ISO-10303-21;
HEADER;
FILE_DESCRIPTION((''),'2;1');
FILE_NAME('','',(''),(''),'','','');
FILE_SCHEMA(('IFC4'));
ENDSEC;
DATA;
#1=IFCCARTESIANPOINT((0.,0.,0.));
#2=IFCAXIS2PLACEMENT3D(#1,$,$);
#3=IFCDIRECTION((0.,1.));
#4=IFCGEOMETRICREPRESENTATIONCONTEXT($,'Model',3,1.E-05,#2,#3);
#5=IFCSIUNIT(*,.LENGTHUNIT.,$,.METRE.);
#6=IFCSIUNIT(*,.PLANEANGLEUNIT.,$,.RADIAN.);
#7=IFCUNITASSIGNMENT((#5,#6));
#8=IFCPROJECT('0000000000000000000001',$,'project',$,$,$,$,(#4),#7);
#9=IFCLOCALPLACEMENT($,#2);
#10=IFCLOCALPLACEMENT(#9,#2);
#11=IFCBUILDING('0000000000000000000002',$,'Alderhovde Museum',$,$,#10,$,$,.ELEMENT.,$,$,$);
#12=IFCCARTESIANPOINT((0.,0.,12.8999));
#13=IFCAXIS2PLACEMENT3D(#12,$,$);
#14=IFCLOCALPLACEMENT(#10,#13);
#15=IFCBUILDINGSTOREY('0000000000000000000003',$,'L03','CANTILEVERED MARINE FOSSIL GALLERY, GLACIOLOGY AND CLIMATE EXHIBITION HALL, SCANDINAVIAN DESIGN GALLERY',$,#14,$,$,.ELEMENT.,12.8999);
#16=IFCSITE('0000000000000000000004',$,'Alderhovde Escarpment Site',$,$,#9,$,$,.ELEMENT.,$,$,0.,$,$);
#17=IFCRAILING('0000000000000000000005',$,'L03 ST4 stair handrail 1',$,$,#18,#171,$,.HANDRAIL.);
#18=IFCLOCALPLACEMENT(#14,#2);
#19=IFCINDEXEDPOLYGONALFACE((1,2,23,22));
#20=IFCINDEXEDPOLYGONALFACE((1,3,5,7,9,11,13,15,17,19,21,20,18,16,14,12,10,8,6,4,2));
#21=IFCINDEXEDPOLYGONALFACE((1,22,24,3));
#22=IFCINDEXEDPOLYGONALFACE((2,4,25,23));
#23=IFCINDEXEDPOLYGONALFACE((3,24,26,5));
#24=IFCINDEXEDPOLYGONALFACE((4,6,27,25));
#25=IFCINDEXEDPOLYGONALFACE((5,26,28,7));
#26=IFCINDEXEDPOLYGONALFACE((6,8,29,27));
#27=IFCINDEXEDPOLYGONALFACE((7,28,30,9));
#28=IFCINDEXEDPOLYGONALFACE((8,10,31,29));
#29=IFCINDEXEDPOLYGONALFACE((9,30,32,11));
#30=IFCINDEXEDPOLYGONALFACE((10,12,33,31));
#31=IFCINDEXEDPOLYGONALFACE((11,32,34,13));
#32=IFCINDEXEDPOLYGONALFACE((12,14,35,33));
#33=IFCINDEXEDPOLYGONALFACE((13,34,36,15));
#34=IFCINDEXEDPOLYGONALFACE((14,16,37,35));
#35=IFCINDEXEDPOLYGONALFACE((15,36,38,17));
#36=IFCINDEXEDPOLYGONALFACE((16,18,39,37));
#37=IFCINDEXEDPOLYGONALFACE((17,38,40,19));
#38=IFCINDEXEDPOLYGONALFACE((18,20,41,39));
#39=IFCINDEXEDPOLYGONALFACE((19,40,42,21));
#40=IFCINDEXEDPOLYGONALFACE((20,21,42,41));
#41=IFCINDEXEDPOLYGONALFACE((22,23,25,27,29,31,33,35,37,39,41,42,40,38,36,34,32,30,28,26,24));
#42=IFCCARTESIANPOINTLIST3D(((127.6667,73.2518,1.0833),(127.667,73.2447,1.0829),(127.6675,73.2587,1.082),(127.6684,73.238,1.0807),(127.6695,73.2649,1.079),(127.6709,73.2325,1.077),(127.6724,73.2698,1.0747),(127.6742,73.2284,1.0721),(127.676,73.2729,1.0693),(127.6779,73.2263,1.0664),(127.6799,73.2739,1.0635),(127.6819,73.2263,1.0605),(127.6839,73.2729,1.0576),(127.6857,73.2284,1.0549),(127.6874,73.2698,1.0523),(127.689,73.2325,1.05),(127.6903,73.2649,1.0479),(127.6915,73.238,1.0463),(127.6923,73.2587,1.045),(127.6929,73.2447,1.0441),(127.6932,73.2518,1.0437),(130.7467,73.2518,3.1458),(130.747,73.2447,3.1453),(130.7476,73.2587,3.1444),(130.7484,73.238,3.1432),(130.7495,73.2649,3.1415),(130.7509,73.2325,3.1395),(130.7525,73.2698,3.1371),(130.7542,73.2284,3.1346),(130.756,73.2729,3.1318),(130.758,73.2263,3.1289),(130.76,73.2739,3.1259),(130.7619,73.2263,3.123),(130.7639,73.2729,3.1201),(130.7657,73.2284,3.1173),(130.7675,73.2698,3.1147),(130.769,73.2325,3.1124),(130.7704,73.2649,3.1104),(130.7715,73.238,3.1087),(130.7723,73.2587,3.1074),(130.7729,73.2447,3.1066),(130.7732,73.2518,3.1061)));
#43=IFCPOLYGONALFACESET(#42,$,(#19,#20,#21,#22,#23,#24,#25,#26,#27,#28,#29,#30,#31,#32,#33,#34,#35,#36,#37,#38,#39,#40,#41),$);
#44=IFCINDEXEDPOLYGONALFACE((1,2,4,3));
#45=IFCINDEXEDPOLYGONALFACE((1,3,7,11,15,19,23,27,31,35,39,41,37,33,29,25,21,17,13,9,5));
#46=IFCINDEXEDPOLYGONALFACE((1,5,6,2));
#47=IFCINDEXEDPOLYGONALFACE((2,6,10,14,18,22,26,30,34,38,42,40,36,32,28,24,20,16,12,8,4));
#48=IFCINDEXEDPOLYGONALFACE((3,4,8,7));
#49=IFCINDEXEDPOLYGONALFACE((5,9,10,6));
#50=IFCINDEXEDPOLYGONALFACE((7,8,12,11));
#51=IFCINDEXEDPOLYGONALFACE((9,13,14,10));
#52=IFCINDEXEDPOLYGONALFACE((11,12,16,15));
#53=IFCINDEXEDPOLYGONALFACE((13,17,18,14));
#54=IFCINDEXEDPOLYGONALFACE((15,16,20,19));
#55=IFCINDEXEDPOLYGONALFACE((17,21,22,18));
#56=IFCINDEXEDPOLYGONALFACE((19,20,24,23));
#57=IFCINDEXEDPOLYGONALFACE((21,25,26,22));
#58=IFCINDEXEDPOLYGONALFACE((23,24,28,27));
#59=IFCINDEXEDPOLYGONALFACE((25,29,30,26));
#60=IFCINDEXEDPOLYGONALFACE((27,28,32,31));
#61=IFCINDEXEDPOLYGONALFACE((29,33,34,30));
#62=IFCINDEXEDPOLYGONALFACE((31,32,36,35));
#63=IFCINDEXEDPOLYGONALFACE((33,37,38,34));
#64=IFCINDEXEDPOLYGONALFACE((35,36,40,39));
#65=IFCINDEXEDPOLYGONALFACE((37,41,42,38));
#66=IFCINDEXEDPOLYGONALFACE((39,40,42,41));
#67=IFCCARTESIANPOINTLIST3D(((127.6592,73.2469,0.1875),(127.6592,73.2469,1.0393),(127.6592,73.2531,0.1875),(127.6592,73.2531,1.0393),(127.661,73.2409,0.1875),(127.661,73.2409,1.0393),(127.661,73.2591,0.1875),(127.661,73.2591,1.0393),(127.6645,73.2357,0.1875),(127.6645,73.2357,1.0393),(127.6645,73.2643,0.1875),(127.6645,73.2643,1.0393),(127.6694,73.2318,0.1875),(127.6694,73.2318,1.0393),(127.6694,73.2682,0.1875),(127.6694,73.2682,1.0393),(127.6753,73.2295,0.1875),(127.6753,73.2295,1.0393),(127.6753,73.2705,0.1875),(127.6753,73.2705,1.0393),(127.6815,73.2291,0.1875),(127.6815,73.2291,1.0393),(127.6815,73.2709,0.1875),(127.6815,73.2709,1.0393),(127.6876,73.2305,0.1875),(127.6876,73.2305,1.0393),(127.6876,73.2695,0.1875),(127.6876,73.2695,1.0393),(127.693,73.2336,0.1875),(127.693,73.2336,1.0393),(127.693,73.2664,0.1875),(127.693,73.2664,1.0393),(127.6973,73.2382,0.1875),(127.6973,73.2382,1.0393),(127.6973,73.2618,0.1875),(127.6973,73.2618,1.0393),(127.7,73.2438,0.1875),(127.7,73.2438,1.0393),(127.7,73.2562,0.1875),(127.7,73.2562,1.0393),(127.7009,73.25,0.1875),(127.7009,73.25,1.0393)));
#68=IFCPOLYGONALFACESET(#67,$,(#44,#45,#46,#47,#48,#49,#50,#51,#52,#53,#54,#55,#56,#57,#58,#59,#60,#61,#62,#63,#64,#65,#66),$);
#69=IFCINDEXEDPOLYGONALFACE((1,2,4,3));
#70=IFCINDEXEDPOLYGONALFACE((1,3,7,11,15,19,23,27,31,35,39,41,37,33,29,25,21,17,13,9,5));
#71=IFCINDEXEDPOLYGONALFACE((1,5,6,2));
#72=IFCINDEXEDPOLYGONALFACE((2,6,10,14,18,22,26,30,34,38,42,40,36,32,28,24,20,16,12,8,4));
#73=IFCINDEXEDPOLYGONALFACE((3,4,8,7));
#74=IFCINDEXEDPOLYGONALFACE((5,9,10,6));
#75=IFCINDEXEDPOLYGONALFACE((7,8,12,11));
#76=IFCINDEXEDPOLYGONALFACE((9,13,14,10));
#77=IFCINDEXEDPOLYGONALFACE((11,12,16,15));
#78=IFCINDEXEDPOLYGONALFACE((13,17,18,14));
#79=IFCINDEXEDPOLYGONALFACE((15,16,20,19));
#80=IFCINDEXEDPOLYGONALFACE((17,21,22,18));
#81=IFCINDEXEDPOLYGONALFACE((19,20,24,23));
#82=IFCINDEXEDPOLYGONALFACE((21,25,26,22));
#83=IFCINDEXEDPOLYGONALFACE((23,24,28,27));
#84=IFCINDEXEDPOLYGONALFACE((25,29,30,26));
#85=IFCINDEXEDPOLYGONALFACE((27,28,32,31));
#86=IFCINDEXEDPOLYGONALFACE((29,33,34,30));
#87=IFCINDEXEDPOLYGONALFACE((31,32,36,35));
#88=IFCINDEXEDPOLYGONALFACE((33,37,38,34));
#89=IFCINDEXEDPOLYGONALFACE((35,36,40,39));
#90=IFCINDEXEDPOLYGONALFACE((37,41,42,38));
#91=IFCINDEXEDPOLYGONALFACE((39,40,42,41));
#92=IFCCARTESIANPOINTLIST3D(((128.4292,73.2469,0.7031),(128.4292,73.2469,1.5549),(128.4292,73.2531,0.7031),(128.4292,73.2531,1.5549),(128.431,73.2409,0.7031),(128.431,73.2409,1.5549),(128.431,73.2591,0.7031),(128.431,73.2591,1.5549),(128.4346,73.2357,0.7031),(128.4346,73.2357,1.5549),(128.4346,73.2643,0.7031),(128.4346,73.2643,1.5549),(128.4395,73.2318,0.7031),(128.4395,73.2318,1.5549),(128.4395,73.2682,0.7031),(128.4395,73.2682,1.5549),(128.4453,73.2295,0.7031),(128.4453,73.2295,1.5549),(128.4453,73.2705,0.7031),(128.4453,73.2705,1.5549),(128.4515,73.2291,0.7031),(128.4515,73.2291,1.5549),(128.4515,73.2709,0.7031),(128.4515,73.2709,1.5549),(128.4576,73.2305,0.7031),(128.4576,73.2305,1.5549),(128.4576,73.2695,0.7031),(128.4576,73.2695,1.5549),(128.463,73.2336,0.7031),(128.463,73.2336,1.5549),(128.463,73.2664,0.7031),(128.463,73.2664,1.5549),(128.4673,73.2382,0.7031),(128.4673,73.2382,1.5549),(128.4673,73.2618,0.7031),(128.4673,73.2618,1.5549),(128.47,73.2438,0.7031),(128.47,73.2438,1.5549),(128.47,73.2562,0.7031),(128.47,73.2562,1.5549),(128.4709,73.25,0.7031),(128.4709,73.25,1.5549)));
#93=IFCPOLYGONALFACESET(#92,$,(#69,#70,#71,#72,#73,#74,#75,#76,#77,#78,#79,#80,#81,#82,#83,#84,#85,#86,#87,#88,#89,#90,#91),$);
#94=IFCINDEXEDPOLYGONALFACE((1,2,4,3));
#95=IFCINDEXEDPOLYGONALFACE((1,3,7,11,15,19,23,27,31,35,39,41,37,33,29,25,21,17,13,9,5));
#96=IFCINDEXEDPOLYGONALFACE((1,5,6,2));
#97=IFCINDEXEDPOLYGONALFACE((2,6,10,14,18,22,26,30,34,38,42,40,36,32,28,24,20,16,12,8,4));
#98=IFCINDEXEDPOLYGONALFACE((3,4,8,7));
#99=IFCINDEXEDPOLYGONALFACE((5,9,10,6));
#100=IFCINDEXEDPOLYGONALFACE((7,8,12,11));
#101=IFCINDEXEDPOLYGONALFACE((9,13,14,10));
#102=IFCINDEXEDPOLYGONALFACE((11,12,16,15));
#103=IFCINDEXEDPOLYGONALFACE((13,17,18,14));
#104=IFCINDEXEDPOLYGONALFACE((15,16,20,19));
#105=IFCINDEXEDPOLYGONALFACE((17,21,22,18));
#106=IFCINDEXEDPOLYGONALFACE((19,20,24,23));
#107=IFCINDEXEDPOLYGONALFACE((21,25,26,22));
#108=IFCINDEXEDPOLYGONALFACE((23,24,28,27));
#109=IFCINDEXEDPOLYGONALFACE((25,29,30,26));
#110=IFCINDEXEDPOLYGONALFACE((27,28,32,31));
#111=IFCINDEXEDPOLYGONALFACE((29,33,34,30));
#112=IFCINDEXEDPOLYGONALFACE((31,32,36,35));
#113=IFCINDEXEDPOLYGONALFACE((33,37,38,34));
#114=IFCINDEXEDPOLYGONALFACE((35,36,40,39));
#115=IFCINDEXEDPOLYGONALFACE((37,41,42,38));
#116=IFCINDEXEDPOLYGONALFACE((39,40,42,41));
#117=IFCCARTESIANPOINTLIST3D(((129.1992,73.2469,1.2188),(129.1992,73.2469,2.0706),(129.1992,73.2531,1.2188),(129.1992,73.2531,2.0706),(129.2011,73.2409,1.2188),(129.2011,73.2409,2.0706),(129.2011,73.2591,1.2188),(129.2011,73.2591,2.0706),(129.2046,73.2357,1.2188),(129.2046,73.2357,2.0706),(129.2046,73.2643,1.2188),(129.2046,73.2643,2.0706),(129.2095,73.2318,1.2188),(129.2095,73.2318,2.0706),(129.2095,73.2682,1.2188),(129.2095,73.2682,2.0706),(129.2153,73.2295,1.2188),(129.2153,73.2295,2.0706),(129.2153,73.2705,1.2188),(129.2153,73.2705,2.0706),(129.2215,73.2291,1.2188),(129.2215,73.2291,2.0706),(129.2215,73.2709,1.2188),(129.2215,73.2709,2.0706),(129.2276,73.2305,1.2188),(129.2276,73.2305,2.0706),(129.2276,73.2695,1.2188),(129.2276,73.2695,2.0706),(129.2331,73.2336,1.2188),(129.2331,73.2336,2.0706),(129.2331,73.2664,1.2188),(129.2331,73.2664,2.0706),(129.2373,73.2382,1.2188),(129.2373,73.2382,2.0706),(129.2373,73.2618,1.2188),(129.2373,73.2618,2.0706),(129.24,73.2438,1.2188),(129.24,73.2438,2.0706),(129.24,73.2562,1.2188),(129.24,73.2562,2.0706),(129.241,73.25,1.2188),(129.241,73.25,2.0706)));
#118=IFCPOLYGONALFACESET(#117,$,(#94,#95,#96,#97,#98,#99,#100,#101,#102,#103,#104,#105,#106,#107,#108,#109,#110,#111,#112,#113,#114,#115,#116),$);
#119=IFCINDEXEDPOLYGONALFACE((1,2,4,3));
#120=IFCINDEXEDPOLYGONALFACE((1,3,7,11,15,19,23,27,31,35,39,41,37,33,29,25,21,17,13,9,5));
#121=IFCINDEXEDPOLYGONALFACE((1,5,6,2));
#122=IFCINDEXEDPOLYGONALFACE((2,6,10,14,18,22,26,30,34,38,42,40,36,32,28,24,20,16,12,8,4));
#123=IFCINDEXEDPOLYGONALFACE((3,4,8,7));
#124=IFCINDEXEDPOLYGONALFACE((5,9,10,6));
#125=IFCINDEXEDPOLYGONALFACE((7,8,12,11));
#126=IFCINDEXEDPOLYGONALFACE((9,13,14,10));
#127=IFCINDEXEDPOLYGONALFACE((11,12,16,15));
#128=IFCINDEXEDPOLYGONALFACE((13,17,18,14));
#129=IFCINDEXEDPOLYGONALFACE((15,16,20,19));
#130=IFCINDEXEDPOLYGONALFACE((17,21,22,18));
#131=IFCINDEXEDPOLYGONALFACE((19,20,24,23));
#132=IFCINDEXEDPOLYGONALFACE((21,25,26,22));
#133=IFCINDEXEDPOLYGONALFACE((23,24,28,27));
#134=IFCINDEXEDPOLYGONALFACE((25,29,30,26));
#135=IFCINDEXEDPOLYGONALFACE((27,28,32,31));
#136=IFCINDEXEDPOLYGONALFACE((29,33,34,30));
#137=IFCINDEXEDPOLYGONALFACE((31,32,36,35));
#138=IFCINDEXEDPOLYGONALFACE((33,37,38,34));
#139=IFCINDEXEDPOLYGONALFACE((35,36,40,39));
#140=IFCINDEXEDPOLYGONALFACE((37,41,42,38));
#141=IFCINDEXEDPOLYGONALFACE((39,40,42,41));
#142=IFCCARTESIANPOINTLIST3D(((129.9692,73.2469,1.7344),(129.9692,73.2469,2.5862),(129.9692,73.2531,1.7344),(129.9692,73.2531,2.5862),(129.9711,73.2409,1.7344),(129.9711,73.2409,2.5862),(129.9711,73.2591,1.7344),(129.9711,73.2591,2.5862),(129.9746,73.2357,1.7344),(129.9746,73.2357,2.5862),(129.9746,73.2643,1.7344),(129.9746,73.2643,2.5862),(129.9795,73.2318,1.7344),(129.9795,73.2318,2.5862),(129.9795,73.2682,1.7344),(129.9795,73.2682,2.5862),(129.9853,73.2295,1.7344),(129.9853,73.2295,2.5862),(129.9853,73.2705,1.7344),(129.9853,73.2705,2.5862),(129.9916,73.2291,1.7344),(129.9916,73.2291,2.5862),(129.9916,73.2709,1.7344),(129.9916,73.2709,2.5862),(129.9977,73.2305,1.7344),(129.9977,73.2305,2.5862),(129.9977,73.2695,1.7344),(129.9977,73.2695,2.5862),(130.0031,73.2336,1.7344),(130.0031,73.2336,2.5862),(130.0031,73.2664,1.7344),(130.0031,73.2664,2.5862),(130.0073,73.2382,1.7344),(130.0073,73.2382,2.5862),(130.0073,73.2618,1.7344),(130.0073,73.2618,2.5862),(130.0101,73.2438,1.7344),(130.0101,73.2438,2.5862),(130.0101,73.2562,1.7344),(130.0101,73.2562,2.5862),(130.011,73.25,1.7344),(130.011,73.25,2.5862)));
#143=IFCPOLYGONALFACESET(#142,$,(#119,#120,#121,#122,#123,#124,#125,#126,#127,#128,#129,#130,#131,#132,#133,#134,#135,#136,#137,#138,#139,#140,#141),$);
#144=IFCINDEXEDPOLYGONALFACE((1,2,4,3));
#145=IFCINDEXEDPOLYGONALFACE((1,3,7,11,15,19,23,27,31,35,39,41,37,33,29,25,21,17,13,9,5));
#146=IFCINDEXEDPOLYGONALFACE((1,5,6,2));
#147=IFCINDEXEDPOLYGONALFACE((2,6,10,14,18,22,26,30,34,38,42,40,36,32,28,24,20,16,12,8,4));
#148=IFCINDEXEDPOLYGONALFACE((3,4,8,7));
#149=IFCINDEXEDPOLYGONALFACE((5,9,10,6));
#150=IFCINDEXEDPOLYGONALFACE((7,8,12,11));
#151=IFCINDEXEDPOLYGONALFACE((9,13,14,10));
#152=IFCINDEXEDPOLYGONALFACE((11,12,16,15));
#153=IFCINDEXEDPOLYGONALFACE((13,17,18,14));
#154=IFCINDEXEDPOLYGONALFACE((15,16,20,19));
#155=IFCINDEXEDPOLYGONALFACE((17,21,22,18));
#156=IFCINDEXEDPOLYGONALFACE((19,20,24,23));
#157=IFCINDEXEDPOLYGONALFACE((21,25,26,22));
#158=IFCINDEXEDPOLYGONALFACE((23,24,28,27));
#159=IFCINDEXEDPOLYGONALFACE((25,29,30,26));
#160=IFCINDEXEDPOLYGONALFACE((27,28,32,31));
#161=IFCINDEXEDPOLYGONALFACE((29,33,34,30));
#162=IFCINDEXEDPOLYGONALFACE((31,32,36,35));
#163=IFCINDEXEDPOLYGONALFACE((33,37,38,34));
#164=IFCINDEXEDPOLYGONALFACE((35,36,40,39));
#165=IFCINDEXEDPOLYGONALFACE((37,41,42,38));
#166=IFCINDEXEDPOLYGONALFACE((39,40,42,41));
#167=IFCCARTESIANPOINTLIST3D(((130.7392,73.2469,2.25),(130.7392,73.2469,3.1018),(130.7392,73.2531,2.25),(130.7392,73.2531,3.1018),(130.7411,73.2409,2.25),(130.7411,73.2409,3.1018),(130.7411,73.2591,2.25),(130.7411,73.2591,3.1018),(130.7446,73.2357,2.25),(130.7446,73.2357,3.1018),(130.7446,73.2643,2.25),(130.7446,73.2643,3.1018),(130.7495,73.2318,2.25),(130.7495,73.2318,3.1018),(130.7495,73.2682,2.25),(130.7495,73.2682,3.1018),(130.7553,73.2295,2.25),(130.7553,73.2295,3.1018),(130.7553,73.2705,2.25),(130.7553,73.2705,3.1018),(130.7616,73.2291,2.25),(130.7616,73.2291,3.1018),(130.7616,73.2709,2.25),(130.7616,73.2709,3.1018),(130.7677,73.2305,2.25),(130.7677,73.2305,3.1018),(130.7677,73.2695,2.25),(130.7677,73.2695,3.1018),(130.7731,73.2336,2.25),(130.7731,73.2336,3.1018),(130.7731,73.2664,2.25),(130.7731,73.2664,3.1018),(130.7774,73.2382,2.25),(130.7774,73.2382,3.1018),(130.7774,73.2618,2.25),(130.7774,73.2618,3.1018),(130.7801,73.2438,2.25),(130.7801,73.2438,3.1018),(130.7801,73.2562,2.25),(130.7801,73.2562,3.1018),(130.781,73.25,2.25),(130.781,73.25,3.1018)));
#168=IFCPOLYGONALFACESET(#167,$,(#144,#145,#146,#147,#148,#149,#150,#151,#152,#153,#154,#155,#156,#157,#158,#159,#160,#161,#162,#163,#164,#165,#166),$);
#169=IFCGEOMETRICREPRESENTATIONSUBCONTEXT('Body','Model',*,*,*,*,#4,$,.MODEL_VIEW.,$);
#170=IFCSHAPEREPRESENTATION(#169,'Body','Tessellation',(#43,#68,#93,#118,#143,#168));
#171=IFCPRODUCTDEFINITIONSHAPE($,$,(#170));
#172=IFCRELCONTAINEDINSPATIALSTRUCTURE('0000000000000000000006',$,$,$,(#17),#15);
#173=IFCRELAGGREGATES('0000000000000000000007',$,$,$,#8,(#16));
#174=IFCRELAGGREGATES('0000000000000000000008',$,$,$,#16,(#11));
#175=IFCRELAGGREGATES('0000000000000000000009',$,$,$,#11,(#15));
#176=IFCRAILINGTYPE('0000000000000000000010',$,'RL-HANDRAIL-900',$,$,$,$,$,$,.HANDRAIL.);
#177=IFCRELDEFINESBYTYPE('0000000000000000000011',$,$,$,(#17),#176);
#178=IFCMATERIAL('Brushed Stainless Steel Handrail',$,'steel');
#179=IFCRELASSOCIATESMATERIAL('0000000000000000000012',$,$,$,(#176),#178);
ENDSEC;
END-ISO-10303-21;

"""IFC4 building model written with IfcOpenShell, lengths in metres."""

from ifc_helpers import new_model, si_unit, direction, frame, origin, origin_2d, place, context, subcontext, project, spatial, circle, extrude, material, type_object, element, save


model = new_model("IFC4")

# Units and contexts
model_context = context("Model", 3, precision=1e-05, world=origin(), true_north=direction((0.0, 1.0)))
body_context = subcontext(model_context, "Body", "Model", "MODEL_VIEW")
ifc_project = project(units=[si_unit("LENGTHUNIT", "METRE"), si_unit("PLANEANGLEUNIT", "RADIAN")], contexts=[model_context])

# Site, building, storey
site_placement = place(None, origin())
site = spatial("IfcSite", under=ifc_project, at=site_placement, Name="Alderhovde Escarpment Site", CompositionType="ELEMENT", RefElevation=0.0)
building_placement = place(site_placement, origin())
building = spatial("IfcBuilding", under=site, at=building_placement, Name="Alderhovde Museum", CompositionType="ELEMENT")
storey_placement = place(building_placement, frame((0.0, 0.0, 12.8999)))
storey = spatial("IfcBuildingStorey", under=building, at=storey_placement, Name="L03", Description="CANTILEVERED MARINE FOSSIL GALLERY, GLACIOLOGY AND CLIMATE EXHIBITION HALL, SCANDINAVIAN DESIGN GALLERY", CompositionType="ELEMENT", Elevation=12.8999)

# Railing
ifc_material_1 = material(Name="Brushed Stainless Steel Handrail", Category="steel")
railing_type_1 = type_object("IfcRailingType", Name="RL-HANDRAIL-900", PredefinedType="HANDRAIL", material=ifc_material_1)
railing_1_placement = place(storey_placement, frame((127.6799, 73.25, 0.1875)))
element("IfcRailing", 1, at=railing_1_placement, inside=storey, type_object=railing_type_1, Name="L03 ST4 stair handrail 1", PredefinedType="HANDRAIL", context=body_context, shape_type="SweptSolid", body=[
    extrude(circle(Radius=0.0239, at=origin_2d()), frame((0.0, 0.0, 0.876), z_axis=(0.830914, 0.0, 0.556401), x_axis=(0.0, 1.0, 0.0)), (0.0, 0.0, 1.0), 3.7068),
    extrude(circle(Radius=0.021, at=origin_2d()), origin(), (0.0, 0.0, 1.0), 0.8518),
    extrude(circle(Radius=0.021, at=origin_2d()), frame((0.77, 0.0, 0.5156)), (0.0, 0.0, 1.0), 0.8518),
    extrude(circle(Radius=0.021, at=origin_2d()), frame((1.54, 0.0, 1.0312)), (0.0, 0.0, 1.0), 0.8518),
    extrude(circle(Radius=0.021, at=origin_2d()), frame((2.3101, 0.0, 1.5469)), (0.0, 0.0, 1.0), 0.8518),
    extrude(circle(Radius=0.021, at=origin_2d()), frame((3.0801, 0.0, 2.0625)), (0.0, 0.0, 1.0), 0.8518),
])

save(model, "model.ifc")
